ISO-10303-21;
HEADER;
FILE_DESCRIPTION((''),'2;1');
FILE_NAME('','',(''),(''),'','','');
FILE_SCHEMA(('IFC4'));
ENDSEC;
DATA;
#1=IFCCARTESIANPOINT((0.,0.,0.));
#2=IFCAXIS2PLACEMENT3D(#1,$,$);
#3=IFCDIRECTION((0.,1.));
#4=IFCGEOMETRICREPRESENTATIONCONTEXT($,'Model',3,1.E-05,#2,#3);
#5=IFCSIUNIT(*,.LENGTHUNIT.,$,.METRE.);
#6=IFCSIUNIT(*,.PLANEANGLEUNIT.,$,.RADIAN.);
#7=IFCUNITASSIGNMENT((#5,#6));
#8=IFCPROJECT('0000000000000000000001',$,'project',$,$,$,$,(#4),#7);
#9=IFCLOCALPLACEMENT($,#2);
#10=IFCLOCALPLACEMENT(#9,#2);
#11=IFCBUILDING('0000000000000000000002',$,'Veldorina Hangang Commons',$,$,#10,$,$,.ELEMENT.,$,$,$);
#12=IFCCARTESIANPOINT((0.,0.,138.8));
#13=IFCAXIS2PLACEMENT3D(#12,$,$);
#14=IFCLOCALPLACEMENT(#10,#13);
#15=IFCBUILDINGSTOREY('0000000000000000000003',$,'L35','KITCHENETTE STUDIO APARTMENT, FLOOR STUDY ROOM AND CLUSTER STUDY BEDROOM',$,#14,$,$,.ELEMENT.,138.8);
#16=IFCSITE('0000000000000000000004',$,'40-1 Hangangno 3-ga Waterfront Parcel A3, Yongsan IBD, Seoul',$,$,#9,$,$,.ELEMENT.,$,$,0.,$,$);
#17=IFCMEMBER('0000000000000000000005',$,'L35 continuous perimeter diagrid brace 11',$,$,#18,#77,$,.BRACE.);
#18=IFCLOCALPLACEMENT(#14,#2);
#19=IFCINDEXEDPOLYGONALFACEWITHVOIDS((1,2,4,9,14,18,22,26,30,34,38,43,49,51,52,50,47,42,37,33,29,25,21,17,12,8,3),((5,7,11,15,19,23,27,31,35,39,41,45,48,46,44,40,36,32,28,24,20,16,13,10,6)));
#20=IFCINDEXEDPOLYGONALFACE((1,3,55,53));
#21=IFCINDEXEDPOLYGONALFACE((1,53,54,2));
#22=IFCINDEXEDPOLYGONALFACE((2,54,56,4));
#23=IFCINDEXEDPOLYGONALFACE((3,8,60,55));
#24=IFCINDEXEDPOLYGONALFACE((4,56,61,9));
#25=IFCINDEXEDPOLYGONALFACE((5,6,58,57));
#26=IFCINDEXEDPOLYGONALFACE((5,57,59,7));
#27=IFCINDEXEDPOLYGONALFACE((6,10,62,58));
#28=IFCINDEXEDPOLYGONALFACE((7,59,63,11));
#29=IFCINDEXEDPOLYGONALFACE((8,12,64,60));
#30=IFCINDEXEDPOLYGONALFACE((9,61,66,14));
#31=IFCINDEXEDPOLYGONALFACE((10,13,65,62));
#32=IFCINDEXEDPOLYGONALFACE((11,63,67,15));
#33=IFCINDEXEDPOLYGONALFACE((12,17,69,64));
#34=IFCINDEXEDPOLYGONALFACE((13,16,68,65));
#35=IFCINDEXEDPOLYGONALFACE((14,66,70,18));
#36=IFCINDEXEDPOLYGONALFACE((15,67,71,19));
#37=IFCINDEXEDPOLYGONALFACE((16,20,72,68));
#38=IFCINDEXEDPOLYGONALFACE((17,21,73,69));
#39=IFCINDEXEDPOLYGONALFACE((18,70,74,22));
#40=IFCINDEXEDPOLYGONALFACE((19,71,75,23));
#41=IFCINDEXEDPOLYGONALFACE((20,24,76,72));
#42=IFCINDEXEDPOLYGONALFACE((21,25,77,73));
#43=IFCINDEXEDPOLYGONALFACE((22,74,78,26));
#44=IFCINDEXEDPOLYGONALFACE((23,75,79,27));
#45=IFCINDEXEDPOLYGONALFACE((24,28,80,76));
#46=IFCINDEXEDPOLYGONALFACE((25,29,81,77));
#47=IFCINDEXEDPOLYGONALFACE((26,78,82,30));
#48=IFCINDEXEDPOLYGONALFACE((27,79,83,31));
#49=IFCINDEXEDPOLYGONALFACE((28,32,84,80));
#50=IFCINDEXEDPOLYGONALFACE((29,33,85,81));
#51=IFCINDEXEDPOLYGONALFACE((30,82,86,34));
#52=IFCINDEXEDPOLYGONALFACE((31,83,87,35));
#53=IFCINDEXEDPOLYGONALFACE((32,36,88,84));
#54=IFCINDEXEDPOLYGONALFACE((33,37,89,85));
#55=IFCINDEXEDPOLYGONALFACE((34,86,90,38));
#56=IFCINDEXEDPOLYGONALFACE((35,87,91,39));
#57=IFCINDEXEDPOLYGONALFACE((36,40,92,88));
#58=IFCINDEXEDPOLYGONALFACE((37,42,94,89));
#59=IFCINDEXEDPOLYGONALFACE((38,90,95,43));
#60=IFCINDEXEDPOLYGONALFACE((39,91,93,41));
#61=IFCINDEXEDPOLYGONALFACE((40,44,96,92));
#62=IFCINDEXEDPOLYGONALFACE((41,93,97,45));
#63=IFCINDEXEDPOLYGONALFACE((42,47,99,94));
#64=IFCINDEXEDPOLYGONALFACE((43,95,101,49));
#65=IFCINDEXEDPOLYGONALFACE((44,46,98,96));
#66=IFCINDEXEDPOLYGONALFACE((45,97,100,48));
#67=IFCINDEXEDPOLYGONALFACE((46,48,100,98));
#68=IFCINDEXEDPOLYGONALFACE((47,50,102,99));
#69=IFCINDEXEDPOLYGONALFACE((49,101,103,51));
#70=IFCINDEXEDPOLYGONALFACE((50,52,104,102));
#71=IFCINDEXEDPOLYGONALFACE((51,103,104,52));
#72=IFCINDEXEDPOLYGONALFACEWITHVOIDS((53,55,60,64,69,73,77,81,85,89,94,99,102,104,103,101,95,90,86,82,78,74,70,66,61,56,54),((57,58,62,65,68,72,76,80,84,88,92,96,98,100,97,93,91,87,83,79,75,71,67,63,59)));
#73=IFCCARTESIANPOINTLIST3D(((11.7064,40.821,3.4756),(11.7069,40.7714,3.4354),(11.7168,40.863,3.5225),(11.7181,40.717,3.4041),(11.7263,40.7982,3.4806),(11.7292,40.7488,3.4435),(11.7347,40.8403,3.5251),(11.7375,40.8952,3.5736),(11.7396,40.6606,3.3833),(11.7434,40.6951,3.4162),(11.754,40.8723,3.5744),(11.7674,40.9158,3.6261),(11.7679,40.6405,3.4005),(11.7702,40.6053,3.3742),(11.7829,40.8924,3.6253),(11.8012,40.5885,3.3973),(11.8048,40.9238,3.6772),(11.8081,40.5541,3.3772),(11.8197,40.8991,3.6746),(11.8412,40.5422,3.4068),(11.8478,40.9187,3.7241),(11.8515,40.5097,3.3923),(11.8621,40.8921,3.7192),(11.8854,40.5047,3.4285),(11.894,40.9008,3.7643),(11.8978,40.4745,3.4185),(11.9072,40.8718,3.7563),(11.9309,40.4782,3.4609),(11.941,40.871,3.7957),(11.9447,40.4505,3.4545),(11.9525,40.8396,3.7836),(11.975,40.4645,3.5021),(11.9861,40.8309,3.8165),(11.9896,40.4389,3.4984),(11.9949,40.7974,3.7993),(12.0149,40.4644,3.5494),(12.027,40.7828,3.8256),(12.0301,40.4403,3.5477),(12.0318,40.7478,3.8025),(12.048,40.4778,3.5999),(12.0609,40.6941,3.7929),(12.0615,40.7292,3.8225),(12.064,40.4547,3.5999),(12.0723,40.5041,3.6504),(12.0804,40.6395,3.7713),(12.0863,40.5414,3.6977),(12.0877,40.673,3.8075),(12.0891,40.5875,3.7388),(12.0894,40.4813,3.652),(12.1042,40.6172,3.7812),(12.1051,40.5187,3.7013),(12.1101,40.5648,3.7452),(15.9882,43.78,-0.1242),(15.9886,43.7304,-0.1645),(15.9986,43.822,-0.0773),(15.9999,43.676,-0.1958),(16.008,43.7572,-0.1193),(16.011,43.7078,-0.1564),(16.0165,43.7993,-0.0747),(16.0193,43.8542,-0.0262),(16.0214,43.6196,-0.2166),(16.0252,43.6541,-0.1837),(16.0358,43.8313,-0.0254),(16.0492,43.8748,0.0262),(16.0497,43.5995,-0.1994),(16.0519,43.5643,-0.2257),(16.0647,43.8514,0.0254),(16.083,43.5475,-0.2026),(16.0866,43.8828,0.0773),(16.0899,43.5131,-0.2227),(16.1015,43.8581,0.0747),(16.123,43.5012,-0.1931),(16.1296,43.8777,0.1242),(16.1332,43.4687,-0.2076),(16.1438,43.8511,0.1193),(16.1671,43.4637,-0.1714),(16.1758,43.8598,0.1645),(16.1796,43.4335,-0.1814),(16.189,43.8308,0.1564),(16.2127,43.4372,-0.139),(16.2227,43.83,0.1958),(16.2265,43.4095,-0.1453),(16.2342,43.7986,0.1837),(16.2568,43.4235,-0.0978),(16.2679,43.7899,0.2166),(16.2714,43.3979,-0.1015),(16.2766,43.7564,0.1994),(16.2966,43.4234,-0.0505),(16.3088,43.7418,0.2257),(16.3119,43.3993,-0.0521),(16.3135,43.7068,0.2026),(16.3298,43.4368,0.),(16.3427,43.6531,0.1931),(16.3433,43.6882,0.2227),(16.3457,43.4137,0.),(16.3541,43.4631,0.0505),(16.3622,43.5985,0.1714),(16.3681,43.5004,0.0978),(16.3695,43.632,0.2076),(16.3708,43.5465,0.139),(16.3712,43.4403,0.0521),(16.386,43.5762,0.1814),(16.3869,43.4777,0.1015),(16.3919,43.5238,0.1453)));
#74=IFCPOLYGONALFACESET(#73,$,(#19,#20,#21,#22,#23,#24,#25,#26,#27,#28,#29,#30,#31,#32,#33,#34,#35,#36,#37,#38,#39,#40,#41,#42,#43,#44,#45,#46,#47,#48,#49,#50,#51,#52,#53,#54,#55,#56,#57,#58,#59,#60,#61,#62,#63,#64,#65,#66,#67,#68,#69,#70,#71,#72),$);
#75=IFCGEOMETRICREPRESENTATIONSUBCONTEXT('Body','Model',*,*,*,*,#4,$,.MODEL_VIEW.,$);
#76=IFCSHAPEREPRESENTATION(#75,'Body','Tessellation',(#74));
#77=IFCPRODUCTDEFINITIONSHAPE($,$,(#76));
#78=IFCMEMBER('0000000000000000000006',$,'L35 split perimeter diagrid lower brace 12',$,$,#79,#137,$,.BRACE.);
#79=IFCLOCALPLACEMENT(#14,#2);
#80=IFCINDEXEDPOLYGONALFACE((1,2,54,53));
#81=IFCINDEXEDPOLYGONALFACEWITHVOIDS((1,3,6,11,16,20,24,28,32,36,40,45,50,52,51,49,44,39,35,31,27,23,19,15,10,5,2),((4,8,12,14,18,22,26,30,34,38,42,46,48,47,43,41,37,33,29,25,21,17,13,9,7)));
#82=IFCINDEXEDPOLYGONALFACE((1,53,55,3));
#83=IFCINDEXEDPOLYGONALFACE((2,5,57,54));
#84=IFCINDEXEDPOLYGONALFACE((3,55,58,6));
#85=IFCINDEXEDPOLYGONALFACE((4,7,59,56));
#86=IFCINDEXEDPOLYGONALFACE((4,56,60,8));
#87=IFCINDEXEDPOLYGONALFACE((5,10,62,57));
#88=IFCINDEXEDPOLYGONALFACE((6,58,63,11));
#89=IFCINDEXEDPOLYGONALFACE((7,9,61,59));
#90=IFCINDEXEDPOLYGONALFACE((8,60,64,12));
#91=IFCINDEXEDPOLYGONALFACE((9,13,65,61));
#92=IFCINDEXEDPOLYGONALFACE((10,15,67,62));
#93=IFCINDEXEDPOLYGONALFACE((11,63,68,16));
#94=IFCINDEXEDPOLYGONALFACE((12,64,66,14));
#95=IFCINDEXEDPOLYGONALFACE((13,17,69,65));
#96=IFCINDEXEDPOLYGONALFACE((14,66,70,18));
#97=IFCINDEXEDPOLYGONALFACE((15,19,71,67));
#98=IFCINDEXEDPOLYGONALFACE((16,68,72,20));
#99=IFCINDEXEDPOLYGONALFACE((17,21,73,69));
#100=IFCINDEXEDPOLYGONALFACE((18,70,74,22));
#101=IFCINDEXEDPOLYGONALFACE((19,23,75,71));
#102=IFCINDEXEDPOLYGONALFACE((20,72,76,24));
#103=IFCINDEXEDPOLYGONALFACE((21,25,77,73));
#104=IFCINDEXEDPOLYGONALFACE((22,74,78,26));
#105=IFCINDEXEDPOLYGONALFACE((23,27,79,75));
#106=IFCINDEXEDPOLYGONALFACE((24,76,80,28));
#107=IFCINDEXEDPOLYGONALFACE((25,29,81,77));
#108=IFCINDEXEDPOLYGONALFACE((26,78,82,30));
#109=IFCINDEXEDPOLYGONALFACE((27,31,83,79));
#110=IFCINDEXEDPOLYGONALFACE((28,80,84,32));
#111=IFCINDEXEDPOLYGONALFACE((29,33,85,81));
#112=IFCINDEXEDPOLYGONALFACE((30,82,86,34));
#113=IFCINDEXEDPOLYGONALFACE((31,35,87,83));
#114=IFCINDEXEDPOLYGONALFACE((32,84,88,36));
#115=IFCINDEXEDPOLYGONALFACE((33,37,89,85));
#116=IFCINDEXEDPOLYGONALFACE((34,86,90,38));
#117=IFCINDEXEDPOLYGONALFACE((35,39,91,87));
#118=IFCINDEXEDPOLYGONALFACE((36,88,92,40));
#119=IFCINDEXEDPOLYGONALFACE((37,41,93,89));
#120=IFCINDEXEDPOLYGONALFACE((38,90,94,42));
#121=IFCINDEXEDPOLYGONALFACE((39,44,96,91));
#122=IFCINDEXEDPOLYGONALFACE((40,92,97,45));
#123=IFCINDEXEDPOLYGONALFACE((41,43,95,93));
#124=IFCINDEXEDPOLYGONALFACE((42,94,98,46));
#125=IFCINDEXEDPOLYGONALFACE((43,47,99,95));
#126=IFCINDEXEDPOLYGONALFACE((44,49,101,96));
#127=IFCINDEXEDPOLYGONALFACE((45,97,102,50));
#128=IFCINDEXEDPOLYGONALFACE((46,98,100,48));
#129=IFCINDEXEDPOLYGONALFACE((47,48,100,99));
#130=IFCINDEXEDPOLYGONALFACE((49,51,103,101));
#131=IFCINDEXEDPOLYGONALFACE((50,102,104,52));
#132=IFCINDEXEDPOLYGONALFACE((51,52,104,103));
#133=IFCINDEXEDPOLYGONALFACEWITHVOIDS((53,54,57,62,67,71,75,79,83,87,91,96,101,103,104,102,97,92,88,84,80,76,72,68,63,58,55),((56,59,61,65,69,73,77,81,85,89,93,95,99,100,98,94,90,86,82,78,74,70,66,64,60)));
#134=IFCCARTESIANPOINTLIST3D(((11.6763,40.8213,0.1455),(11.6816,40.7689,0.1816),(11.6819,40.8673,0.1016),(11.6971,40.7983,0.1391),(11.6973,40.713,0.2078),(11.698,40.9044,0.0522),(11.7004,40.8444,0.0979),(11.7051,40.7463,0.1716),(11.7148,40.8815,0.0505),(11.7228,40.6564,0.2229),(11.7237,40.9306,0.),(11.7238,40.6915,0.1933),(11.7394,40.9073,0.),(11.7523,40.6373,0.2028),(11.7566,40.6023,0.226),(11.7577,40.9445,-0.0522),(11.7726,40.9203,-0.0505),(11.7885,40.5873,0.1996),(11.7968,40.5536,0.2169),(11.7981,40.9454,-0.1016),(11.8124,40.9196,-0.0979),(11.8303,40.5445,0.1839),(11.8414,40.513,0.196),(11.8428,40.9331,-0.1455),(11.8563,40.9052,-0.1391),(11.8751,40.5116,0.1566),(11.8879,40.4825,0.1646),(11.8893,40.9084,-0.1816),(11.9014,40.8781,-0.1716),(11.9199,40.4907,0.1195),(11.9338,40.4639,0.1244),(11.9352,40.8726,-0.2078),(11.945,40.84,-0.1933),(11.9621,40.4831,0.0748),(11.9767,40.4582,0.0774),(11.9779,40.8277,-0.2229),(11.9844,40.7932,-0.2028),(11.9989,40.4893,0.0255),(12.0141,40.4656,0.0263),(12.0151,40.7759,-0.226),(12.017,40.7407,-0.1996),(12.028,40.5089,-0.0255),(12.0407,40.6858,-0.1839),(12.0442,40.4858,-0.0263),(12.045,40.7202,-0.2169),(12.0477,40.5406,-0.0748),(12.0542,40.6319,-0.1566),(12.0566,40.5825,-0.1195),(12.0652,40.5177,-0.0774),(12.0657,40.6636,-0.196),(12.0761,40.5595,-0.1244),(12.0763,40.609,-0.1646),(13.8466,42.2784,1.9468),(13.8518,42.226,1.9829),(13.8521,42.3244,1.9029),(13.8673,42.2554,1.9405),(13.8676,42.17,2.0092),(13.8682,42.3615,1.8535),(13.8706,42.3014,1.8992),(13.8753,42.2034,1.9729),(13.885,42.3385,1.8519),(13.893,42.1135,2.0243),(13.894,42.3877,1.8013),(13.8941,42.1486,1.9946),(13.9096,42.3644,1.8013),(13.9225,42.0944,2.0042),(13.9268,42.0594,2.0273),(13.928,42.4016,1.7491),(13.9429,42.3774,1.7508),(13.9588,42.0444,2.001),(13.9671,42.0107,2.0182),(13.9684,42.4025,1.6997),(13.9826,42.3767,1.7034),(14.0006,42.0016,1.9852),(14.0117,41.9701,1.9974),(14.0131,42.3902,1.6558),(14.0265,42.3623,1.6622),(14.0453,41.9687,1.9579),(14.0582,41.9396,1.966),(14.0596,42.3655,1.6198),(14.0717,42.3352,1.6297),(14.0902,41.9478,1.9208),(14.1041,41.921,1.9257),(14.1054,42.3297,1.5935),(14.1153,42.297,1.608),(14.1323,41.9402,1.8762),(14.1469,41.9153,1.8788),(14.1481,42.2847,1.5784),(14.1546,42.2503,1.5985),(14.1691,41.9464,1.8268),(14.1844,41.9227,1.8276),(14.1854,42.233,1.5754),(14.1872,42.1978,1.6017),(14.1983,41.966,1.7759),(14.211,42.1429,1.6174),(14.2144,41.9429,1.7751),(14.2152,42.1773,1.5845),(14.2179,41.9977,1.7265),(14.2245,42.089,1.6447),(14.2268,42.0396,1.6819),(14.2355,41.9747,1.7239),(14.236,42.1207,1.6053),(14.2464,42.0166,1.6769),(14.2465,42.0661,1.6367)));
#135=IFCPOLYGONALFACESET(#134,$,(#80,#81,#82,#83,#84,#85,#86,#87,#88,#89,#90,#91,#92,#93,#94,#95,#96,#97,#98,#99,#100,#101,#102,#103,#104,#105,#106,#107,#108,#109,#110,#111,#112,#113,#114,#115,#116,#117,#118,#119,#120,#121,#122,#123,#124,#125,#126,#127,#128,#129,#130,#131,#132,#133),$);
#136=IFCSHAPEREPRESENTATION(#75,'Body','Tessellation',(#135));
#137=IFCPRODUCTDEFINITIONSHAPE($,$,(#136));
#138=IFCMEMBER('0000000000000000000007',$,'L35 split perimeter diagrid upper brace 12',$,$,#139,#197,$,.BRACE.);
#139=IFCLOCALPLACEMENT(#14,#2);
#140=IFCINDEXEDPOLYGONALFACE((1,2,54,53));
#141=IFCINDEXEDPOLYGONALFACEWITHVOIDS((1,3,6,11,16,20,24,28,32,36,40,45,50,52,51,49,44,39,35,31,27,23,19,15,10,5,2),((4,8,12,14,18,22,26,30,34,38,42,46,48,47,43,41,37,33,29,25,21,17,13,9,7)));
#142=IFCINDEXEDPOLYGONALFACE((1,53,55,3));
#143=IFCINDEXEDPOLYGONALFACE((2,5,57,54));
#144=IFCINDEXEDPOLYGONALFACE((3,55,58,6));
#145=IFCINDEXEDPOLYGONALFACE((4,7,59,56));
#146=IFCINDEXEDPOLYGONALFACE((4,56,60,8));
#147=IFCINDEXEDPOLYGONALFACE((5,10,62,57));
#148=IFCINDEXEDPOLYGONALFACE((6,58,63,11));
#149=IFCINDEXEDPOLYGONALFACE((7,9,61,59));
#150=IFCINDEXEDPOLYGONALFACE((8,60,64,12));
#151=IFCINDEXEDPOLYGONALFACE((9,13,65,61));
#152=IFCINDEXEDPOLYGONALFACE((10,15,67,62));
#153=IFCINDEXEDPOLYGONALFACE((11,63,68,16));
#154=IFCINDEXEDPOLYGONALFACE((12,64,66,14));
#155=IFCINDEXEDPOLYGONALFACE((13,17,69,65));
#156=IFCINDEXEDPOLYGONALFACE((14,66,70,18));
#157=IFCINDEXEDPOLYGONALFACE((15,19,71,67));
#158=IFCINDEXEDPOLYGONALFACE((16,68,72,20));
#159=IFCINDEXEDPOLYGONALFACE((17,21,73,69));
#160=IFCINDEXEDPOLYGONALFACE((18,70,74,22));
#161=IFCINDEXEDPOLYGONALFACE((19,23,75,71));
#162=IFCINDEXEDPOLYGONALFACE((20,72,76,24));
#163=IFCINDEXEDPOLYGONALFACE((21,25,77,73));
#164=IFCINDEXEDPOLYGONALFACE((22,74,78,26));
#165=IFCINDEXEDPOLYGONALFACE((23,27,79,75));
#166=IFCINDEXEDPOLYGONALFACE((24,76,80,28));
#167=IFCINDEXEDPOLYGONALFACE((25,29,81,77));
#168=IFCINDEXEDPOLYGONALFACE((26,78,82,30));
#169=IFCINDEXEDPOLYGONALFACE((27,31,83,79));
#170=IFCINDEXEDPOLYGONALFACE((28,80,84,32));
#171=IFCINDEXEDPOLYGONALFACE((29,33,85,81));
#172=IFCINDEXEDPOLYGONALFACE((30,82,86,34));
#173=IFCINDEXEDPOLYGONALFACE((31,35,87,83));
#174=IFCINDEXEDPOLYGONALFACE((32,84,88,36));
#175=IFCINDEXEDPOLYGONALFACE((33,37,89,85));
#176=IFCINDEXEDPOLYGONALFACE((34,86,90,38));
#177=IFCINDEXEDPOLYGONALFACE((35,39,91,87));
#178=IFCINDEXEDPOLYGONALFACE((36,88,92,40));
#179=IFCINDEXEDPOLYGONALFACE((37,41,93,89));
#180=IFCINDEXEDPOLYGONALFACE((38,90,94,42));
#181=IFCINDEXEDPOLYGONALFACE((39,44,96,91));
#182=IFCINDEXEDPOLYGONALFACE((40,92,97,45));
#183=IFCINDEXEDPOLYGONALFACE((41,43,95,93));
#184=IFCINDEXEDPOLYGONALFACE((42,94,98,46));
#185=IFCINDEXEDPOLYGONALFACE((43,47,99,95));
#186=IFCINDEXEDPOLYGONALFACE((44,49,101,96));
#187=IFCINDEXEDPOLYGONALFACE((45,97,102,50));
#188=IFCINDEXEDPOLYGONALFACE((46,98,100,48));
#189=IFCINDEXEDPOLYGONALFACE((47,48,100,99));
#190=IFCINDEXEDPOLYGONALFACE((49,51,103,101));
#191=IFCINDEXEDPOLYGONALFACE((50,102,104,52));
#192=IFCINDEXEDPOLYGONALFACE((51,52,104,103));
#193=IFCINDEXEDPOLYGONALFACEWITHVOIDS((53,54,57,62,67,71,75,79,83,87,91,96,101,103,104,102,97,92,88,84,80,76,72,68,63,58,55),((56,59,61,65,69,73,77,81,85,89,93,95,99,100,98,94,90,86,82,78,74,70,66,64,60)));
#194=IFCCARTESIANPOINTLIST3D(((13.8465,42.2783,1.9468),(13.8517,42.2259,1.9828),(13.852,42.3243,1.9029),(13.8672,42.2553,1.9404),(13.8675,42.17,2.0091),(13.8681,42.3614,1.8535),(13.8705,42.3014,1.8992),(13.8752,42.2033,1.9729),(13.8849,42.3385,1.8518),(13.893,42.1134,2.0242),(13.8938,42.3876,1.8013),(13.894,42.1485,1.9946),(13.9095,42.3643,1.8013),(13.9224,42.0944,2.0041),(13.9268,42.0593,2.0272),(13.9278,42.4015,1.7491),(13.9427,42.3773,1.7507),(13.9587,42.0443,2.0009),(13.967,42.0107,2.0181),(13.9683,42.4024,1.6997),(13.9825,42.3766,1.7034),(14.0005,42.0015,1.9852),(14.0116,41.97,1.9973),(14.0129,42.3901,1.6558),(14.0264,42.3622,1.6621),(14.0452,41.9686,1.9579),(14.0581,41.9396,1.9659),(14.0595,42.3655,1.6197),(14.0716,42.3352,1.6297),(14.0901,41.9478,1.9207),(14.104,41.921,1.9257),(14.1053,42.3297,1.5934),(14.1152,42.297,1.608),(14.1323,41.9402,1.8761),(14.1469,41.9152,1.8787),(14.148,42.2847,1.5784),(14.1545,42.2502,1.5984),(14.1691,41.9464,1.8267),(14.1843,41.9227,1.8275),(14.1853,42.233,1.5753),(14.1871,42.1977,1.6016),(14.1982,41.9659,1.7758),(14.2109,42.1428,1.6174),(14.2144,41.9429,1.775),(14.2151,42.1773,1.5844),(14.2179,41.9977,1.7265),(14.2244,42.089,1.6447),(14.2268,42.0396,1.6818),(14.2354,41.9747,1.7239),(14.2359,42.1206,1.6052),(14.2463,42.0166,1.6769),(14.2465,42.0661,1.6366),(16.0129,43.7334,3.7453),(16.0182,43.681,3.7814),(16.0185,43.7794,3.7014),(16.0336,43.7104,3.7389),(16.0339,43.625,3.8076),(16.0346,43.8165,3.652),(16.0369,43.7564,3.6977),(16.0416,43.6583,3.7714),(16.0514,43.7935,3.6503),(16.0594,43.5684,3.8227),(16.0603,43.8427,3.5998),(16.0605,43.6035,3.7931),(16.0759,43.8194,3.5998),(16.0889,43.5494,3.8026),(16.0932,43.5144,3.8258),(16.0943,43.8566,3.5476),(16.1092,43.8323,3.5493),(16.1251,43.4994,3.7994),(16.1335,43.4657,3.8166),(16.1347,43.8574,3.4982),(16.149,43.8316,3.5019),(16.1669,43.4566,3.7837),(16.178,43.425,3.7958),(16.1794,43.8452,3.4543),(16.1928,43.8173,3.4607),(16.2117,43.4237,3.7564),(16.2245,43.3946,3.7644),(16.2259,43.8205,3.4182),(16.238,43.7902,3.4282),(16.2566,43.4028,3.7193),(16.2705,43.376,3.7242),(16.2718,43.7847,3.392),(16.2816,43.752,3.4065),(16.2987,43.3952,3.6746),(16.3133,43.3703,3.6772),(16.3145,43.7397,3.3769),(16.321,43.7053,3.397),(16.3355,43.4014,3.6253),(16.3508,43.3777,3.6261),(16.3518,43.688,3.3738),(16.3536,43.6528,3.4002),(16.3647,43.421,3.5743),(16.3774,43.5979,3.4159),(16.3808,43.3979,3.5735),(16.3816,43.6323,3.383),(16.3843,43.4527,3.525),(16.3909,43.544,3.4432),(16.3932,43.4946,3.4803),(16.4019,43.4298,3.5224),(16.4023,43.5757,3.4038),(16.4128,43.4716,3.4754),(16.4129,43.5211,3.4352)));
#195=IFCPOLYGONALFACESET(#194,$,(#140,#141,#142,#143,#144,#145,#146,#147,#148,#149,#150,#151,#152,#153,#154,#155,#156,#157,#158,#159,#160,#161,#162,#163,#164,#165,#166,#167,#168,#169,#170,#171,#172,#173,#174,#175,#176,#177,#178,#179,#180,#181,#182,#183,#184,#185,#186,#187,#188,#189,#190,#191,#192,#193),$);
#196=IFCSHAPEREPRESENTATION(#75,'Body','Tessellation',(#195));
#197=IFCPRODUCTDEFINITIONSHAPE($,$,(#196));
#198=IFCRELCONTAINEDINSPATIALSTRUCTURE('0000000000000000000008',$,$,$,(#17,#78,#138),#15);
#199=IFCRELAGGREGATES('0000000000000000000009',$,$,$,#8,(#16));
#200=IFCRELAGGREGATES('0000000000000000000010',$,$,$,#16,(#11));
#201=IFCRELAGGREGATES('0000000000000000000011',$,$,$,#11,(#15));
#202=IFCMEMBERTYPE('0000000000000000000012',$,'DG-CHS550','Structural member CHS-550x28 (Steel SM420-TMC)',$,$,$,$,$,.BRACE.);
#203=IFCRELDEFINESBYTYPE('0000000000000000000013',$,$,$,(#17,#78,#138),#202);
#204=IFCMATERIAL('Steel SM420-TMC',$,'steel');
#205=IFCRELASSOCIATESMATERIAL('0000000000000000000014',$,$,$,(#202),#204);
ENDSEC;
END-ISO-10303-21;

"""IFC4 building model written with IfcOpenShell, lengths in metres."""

from ifc_helpers import new_model, si_unit, direction, frame, origin, origin_2d, place, context, subcontext, project, spatial, hollow_circle, extrude, material, material_profile, profile_set, type_object, element, save


model = new_model("IFC4")

# Units and contexts
model_context = context("Model", 3, precision=1e-05, world=origin(), true_north=direction((0.0, 1.0)))
body_context = subcontext(model_context, "Body", "Model", "MODEL_VIEW")
ifc_project = project(units=[si_unit("LENGTHUNIT", "METRE"), si_unit("PLANEANGLEUNIT", "RADIAN")], contexts=[model_context])

# Site, building, storey
site_placement = place(None, origin())
site = spatial("IfcSite", under=ifc_project, at=site_placement, Name="40-1 Hangangno 3-ga Waterfront Parcel A3, Yongsan IBD, Seoul", CompositionType="ELEMENT", RefElevation=0.0)
building_placement = place(site_placement, origin())
building = spatial("IfcBuilding", under=site, at=building_placement, Name="Veldorina Hangang Commons", CompositionType="ELEMENT")
storey_placement = place(building_placement, frame((0.0, 0.0, 138.8)))
storey = spatial("IfcBuildingStorey", under=building, at=storey_placement, Name="L35", Description="KITCHENETTE STUDIO APARTMENT, FLOOR STUDY ROOM AND CLUSTER STUDY BEDROOM", CompositionType="ELEMENT", Elevation=138.8)

# Shared definitions
ifc_material_1 = material(Name="Steel SM420-TMC", Category="steel")

# Members
ifc_material_profile_1 = material_profile(ifc_material_1, hollow_circle(Radius=0.2749, WallThickness=0.0281, at=origin_2d()), Name="CHS-550x28")
ifc_profile_set_1 = profile_set([ifc_material_profile_1], Name="Steel SM420-TMC")
member_type = type_object("IfcMemberType", Name="DG-CHS550", Description="Structural member CHS-550x28 (Steel SM420-TMC)", PredefinedType="BRACE", material=ifc_profile_set_1)
member_1_placement = place(storey_placement, frame((16.1895, 43.6399, 0.0), z_axis=(-0.676598, -0.467577, 0.568847), x_axis=(0.568522, -0.822668, 0.0)))
element("IfcMember", 1, at=member_1_placement, inside=storey, type_object=member_type, Name="L35 continuous perimeter diagrid brace 11", PredefinedType="BRACE", context=body_context, shape_type="SweptSolid", body=[
    extrude(hollow_circle(Radius=0.2749, WallThickness=0.0281, at=origin_2d()), origin(), (0.0, 0.0, 1.0), 6.3284),
])
member_2_placement = place(storey_placement, frame((11.877, 40.7024, 0.0), z_axis=(0.683635, 0.458987, 0.567427), x_axis=(-0.557413, 0.830235, 0.0)))
element("IfcMember", 2, at=member_2_placement, inside=storey, type_object=member_type, Name="L35 split perimeter diagrid lower brace 12", PredefinedType="BRACE", context=body_context, shape_type="SweptSolid", body=[
    extrude(hollow_circle(Radius=0.2749, WallThickness=0.0281, at=origin_2d()), origin(), (0.0, 0.0, 1.0), 3.1746),
])
member_3_placement = place(storey_placement, frame((14.0471, 42.1594, 1.8013), z_axis=(0.683542, 0.459084, 0.567461), x_axis=(-0.557547, 0.830146, 0.0)))
element("IfcMember", 3, at=member_3_placement, inside=storey, type_object=member_type, Name="L35 split perimeter diagrid upper brace 12", PredefinedType="BRACE", context=body_context, shape_type="SweptSolid", body=[
    extrude(hollow_circle(Radius=0.2749, WallThickness=0.0281, at=origin_2d()), origin(), (0.0, 0.0, 1.0), 3.1694),
])

save(model, "model.ifc")
